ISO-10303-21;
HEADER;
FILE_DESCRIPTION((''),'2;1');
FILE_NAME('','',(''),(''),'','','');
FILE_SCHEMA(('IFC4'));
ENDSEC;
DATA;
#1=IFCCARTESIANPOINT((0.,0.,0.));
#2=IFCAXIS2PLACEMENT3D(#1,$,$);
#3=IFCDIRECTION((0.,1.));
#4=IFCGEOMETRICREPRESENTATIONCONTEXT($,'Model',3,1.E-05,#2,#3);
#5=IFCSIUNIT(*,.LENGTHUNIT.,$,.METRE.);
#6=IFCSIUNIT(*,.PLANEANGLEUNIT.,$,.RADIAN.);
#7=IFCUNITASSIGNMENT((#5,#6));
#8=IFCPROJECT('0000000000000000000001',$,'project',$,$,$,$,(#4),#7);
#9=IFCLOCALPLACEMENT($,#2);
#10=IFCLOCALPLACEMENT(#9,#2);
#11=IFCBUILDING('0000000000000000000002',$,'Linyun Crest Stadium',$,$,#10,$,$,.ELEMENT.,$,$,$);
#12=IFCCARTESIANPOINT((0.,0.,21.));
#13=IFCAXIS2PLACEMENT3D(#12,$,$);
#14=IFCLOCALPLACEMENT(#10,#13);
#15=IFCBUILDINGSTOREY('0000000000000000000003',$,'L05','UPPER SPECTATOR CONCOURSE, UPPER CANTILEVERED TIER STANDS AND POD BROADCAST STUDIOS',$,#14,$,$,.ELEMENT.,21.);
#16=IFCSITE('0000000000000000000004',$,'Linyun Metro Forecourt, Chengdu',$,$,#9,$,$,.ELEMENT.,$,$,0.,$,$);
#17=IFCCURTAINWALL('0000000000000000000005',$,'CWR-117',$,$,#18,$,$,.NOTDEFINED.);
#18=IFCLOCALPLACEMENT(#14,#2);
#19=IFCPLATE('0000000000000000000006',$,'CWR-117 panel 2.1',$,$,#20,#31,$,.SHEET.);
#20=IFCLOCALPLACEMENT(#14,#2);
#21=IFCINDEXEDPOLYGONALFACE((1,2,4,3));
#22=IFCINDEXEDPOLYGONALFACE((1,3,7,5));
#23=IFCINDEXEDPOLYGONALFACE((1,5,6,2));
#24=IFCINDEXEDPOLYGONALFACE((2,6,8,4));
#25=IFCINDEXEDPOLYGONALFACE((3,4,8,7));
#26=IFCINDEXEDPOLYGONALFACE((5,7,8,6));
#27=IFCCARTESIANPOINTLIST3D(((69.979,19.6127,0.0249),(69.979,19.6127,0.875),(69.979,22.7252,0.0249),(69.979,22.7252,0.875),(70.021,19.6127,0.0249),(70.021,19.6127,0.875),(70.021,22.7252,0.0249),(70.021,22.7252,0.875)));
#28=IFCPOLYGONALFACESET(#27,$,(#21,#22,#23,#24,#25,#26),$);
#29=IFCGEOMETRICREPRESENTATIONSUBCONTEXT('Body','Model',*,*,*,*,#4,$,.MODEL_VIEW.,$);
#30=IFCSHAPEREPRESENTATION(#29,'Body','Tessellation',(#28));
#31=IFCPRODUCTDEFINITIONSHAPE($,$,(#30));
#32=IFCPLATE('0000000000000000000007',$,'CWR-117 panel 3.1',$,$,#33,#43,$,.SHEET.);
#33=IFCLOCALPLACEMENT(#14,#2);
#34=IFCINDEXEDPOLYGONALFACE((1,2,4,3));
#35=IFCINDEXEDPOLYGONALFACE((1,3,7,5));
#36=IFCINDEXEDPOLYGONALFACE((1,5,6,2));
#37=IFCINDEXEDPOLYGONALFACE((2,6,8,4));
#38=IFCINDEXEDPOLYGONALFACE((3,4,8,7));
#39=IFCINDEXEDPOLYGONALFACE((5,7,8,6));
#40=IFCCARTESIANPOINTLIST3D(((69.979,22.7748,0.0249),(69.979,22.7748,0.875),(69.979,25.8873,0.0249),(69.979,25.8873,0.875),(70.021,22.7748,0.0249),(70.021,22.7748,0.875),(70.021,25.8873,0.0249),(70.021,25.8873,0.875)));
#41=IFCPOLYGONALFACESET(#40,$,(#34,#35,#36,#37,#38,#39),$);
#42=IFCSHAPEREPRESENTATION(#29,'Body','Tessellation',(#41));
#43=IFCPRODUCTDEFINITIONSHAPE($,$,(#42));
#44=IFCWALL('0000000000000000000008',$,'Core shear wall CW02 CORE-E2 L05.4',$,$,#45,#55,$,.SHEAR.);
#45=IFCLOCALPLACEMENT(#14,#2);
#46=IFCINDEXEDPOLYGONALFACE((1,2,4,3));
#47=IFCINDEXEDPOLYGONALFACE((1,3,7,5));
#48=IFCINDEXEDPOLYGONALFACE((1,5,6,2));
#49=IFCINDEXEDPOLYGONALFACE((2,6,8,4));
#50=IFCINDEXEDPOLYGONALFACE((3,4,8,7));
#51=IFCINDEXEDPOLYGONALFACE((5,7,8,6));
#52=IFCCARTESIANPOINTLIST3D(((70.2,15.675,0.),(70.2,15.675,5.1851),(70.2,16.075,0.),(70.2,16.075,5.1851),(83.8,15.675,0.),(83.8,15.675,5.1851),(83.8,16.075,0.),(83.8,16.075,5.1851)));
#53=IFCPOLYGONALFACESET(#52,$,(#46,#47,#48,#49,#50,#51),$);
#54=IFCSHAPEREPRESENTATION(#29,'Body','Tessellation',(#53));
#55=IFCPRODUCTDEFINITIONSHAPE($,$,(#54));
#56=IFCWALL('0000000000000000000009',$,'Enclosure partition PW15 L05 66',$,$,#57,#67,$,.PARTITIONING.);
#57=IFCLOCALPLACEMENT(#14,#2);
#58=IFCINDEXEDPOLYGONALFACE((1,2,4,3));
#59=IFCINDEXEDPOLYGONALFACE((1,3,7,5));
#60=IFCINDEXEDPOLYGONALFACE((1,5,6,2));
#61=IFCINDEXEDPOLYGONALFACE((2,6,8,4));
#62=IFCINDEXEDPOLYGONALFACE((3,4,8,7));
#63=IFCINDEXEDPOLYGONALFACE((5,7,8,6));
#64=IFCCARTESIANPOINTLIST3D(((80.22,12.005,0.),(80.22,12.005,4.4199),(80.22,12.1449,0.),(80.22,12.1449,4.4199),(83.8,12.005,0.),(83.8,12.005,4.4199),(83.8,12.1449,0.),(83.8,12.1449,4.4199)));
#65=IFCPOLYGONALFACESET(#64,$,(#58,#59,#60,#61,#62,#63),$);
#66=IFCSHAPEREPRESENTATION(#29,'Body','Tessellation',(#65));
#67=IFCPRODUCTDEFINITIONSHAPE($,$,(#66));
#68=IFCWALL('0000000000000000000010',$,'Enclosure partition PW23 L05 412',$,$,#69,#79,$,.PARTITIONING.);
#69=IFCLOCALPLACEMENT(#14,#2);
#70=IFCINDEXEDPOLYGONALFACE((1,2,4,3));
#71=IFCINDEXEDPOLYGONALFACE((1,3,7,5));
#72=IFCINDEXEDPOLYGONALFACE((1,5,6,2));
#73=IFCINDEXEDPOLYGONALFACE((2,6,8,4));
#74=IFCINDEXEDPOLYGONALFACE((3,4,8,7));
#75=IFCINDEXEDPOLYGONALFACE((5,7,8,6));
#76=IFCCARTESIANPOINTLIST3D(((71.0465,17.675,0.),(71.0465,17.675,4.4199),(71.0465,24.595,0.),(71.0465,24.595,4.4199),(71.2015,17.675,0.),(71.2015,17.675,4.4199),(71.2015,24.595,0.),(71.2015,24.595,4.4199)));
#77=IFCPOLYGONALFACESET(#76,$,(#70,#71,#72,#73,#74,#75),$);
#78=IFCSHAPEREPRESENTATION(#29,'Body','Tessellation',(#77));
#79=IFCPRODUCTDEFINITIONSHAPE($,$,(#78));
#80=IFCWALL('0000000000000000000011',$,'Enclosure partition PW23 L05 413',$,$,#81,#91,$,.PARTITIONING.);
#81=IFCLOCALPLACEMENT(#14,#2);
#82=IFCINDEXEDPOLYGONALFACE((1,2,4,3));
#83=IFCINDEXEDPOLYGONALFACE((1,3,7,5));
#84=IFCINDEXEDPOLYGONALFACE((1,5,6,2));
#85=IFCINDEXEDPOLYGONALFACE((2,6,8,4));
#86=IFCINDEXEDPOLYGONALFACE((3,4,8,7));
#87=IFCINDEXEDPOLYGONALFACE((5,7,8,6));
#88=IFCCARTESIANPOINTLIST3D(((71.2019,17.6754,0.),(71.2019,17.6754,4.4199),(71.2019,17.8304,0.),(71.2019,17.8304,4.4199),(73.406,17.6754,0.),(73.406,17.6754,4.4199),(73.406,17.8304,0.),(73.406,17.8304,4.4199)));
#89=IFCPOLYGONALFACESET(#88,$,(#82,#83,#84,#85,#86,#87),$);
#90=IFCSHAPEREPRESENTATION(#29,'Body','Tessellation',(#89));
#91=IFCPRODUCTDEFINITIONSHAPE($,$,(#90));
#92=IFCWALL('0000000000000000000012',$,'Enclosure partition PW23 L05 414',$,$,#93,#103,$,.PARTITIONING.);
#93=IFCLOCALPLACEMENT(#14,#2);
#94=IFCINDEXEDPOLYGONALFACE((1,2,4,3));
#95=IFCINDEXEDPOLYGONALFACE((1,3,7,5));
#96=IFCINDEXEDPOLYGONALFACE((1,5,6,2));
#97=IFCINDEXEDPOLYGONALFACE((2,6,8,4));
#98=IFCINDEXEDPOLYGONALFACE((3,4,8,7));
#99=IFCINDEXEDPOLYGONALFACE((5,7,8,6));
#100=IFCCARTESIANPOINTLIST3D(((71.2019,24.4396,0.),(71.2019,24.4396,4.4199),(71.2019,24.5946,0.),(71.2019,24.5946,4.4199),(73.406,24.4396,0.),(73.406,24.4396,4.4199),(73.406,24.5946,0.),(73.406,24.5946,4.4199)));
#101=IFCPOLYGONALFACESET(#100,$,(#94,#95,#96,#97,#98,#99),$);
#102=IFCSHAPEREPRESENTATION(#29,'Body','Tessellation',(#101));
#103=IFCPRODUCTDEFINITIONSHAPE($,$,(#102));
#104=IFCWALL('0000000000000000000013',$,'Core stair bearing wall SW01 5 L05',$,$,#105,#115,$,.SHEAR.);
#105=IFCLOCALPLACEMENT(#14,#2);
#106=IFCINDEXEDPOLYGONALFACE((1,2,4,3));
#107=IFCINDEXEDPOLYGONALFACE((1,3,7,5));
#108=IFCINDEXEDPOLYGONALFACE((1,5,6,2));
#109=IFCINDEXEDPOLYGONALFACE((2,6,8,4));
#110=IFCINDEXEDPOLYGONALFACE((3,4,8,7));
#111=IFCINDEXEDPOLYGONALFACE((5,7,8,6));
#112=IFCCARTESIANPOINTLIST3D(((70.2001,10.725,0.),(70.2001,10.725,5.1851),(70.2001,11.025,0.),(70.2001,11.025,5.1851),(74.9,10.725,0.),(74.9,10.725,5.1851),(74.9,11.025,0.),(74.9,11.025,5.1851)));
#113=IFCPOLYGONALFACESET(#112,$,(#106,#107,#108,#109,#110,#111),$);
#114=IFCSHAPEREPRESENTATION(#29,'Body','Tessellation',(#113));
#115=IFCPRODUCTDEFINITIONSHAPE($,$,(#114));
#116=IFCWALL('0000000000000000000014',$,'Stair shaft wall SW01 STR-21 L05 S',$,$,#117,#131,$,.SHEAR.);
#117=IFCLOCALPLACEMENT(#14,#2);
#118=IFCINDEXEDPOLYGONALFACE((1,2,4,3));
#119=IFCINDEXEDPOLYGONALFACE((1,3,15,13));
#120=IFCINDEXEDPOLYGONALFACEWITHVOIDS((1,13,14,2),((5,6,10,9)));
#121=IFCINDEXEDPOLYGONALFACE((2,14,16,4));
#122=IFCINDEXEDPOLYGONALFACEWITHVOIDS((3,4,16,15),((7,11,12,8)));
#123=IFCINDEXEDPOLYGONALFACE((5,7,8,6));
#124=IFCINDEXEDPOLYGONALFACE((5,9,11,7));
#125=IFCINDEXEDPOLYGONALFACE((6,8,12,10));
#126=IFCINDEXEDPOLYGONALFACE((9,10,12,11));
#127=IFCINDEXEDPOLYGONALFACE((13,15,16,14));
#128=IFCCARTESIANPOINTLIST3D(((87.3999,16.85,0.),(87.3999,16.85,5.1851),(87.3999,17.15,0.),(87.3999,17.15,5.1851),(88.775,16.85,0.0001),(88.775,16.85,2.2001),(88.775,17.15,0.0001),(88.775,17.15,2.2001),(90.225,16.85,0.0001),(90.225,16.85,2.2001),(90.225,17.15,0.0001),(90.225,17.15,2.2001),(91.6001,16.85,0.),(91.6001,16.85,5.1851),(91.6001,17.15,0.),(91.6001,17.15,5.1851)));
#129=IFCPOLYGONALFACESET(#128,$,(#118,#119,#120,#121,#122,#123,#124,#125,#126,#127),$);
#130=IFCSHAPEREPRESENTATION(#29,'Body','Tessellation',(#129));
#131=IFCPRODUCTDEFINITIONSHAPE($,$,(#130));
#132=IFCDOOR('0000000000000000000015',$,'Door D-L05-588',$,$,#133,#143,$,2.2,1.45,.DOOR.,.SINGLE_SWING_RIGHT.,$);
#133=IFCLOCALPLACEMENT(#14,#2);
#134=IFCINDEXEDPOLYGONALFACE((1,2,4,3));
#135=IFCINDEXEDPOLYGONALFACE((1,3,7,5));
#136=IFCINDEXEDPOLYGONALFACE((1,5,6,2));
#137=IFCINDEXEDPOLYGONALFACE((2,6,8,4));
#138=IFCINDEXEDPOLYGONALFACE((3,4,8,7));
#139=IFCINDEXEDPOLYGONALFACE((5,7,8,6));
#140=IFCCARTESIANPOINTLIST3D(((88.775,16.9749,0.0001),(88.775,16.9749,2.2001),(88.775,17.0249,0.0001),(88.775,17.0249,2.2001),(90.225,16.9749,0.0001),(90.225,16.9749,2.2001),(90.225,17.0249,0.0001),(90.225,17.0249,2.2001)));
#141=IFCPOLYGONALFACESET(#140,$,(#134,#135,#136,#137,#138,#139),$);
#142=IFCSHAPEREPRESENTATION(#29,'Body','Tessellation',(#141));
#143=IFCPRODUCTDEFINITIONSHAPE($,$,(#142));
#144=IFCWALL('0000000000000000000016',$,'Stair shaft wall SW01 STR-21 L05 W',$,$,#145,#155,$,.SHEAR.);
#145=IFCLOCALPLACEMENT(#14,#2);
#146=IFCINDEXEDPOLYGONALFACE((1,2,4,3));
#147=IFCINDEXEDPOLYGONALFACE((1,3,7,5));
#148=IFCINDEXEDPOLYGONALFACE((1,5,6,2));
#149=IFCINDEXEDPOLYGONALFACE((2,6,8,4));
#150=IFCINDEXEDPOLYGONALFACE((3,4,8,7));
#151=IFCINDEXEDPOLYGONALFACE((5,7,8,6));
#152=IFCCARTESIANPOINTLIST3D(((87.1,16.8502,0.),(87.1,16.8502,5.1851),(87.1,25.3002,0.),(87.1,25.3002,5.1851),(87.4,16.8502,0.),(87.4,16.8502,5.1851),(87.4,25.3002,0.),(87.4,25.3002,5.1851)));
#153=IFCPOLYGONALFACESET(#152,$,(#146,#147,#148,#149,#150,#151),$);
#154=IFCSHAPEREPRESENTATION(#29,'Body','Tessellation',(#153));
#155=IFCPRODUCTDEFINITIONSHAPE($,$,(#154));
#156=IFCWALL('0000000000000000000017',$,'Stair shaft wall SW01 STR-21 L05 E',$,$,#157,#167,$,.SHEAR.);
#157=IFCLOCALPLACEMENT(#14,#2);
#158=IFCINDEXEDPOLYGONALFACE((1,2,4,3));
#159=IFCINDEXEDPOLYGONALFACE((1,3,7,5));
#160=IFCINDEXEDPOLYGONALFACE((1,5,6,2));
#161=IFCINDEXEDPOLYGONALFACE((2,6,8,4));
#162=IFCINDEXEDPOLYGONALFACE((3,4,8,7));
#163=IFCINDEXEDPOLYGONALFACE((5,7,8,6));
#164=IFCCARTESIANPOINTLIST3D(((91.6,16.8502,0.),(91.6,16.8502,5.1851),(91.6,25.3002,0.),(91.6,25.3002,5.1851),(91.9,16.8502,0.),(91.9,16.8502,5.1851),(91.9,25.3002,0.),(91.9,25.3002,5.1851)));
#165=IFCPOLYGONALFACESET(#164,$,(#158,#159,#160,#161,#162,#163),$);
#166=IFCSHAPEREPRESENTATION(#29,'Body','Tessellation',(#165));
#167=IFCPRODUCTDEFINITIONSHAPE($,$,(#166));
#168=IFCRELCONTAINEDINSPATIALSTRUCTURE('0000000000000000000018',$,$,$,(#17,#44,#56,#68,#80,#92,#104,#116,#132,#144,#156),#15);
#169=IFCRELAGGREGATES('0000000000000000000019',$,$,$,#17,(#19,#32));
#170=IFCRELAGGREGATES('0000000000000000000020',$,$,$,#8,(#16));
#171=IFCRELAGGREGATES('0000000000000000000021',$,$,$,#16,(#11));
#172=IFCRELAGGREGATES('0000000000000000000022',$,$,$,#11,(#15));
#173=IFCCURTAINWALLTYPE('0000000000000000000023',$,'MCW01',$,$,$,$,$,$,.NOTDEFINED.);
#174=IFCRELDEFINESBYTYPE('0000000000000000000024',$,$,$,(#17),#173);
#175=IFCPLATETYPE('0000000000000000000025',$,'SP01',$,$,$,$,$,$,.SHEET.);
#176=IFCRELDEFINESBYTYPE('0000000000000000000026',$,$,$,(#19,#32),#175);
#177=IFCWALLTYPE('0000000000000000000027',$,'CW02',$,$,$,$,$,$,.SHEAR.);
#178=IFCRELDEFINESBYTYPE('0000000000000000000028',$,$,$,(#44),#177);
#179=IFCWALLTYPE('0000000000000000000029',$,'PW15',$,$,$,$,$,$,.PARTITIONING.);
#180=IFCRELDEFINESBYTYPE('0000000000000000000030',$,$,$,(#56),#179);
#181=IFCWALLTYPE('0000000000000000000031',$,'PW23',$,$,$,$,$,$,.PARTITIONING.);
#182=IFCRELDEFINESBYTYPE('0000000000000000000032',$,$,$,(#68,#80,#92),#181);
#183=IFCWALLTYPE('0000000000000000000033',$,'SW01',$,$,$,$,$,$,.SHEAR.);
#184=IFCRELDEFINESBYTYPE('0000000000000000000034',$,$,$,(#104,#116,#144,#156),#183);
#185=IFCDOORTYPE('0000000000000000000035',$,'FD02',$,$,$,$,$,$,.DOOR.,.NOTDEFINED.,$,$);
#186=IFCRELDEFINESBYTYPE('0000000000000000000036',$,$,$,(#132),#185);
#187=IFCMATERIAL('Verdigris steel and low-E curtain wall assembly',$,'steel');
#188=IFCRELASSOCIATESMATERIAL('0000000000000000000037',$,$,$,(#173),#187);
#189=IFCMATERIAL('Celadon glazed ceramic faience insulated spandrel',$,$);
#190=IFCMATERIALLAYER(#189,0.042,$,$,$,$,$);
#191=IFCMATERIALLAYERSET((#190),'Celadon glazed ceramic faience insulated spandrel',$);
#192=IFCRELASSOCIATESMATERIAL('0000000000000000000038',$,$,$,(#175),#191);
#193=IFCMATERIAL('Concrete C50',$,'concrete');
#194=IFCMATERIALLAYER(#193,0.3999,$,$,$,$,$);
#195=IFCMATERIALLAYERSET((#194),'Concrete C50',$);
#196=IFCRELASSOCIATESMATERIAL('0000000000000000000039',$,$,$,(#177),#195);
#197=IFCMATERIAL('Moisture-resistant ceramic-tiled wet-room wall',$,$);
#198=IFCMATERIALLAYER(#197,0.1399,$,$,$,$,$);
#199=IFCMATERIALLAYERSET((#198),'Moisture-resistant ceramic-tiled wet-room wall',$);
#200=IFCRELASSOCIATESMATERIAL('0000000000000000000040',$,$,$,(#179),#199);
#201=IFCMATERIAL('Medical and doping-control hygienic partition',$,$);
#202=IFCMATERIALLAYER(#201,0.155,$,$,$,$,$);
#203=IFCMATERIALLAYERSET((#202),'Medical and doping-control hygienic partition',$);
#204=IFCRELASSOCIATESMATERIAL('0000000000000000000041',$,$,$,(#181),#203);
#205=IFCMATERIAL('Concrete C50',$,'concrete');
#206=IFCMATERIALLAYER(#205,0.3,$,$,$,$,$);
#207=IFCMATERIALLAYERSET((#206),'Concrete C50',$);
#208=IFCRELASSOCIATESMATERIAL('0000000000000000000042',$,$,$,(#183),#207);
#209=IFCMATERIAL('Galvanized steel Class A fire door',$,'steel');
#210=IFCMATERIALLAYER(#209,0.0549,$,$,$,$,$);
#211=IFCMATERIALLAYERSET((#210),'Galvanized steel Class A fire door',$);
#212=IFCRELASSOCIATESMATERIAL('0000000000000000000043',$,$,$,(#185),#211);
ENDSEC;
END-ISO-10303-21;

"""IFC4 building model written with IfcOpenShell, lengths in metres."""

from ifc_helpers import new_model, si_unit, direction, frame, frame_2d, origin, origin_2d, place, context, subcontext, project, spatial, rectangle, extrude, material, layer, layer_set, type_object, element, fill, aggregate, save


model = new_model("IFC4")

# Units and contexts
model_context = context("Model", 3, precision=1e-05, world=origin(), true_north=direction((0.0, 1.0)))
body_context = subcontext(model_context, "Body", "Model", "MODEL_VIEW")
ifc_project = project(units=[si_unit("LENGTHUNIT", "METRE"), si_unit("PLANEANGLEUNIT", "RADIAN")], contexts=[model_context])

# Site, building, storey
site_placement = place(None, origin())
site = spatial("IfcSite", under=ifc_project, at=site_placement, Name="Linyun Metro Forecourt, Chengdu", CompositionType="ELEMENT", RefElevation=0.0)
building_placement = place(site_placement, origin())
building = spatial("IfcBuilding", under=site, at=building_placement, Name="Linyun Crest Stadium", CompositionType="ELEMENT")
storey_placement = place(building_placement, frame((0.0, 0.0, 21.0)))
storey = spatial("IfcBuildingStorey", under=building, at=storey_placement, Name="L05", Description="UPPER SPECTATOR CONCOURSE, UPPER CANTILEVERED TIER STANDS AND POD BROADCAST STUDIOS", CompositionType="ELEMENT", Elevation=21.0)

# Curtain wall, plates
ifc_material_1 = material(Name="Verdigris steel and low-E curtain wall assembly", Category="steel")
curtain_wall_type = type_object("IfcCurtainWallType", Name="MCW01", PredefinedType="NOTDEFINED", material=ifc_material_1)
curtain_wall_placement = place(storey_placement, origin())
curtain_wall = element("IfcCurtainWall", 1, at=curtain_wall_placement, inside=storey, type_object=curtain_wall_type, Name="CWR-117", PredefinedType="NOTDEFINED")
ifc_material_2 = material(Name="Celadon glazed ceramic faience insulated spandrel")
ifc_layer_1 = layer(ifc_material_2, 0.042)
ifc_layer_set_1 = layer_set([ifc_layer_1], Name="Celadon glazed ceramic faience insulated spandrel")
plate_type_1 = type_object("IfcPlateType", Name="SP01", PredefinedType="SHEET", material=ifc_layer_set_1)
plate_1_placement = place(storey_placement, frame((70.0, 21.1689, 0.0249), z_axis=(0.0, 0.0, 1.0), x_axis=(0.0, 1.0, 0.0)))
plate_1 = element("IfcPlate", 2, at=plate_1_placement, type_object=plate_type_1, Name="CWR-117 panel 2.1", PredefinedType="SHEET", context=body_context, shape_type="SweptSolid", body=[
    extrude(rectangle(XDim=3.1125, YDim=0.042, at=origin_2d()), origin(), (0.0, 0.0, 1.0), 0.8501),
])
plate_2_placement = place(storey_placement, frame((70.0, 24.3311, 0.0249), z_axis=(0.0, 0.0, 1.0), x_axis=(0.0, 1.0, 0.0)))
plate_2 = element("IfcPlate", 3, at=plate_2_placement, type_object=plate_type_1, Name="CWR-117 panel 3.1", PredefinedType="SHEET", context=body_context, shape_type="SweptSolid", body=[
    extrude(rectangle(XDim=3.1125, YDim=0.042, at=origin_2d()), origin(), (0.0, 0.0, 1.0), 0.8501),
])
aggregate(curtain_wall, [plate_1, plate_2])

# Wall
ifc_material_3 = material(Name="Concrete C50", Category="concrete")
ifc_layer_2 = layer(ifc_material_3, 0.3999)
ifc_layer_set_2 = layer_set([ifc_layer_2], Name="Concrete C50")
wall_type_1 = type_object("IfcWallType", Name="CW02", PredefinedType="SHEAR", material=ifc_layer_set_2)
wall_1_placement = place(storey_placement, frame((70.2, 15.875, 0.0), z_axis=(0.0, 0.0, 1.0), x_axis=(1.0, 0.0, 0.0)))
element("IfcWall", 4, at=wall_1_placement, inside=storey, type_object=wall_type_1, Name="Core shear wall CW02 CORE-E2 L05.4", PredefinedType="SHEAR", context=body_context, shape_type="SweptSolid", body=[
    extrude(rectangle(XDim=13.6001, YDim=0.3999, at=frame_2d((6.8, 0.0))), origin(), (0.0, 0.0, 1.0), 5.1851),
])

# Shared definitions
ifc_material_4 = material(Name="Moisture-resistant ceramic-tiled wet-room wall")
ifc_layer_3 = layer(ifc_material_4, 0.1399)
ifc_layer_set_3 = layer_set([ifc_layer_3], Name="Moisture-resistant ceramic-tiled wet-room wall")
wall_type_2 = type_object("IfcWallType", Name="PW15", PredefinedType="PARTITIONING", material=ifc_layer_set_3)

# Walls
wall_2_placement = place(storey_placement, frame((80.22, 12.075, 0.0), z_axis=(0.0, 0.0, 1.0), x_axis=(1.0, 0.0, 0.0)))
element("IfcWall", 5, at=wall_2_placement, inside=storey, type_object=wall_type_2, Name="Enclosure partition PW15 L05 66", PredefinedType="PARTITIONING", context=body_context, shape_type="SweptSolid", body=[
    extrude(rectangle(XDim=3.5801, YDim=0.1399, at=frame_2d((1.79, 0.0))), origin(), (0.0, 0.0, 1.0), 4.4199),
])
ifc_material_5 = material(Name="Medical and doping-control hygienic partition")
ifc_layer_4 = layer(ifc_material_5, 0.155)
ifc_layer_set_4 = layer_set([ifc_layer_4], Name="Medical and doping-control hygienic partition")
wall_type_3 = type_object("IfcWallType", Name="PW23", PredefinedType="PARTITIONING", material=ifc_layer_set_4)
wall_3_placement = place(storey_placement, frame((71.124, 17.675, 0.0), z_axis=(0.0, 0.0, 1.0), x_axis=(0.0, 1.0, 0.0)))
element("IfcWall", 6, at=wall_3_placement, inside=storey, type_object=wall_type_3, Name="Enclosure partition PW23 L05 412", PredefinedType="PARTITIONING", context=body_context, shape_type="SweptSolid", body=[
    extrude(rectangle(XDim=6.9199, YDim=0.155, at=frame_2d((3.46, 0.0))), origin(), (0.0, 0.0, 1.0), 4.4199),
])
for number, where, z_axis, x_axis, name in (
    (7, (71.2019, 17.7529, 0.0), (0.0, 0.0, 1.0), (1.0, 0.0, 0.0), "Enclosure partition PW23 L05 413"),
    (8, (71.2019, 24.5171, 0.0), (0.0, 0.0, 1.0), (1.0, 0.0, 0.0), "Enclosure partition PW23 L05 414"),
):
    element("IfcWall", number, at=place(storey_placement, frame(where, z_axis=z_axis, x_axis=x_axis)), inside=storey, type_object=wall_type_3, Name=name, PredefinedType="PARTITIONING", context=body_context, shape_type="SweptSolid", body=[
        extrude(rectangle(XDim=2.2041, YDim=0.155, at=frame_2d((1.1021, 0.0))), origin(), (0.0, 0.0, 1.0), 4.4199),
    ])
ifc_material_6 = material(Name="Concrete C50", Category="concrete")
ifc_layer_5 = layer(ifc_material_6, 0.3)
ifc_layer_set_5 = layer_set([ifc_layer_5], Name="Concrete C50")
wall_type_4 = type_object("IfcWallType", Name="SW01", PredefinedType="SHEAR", material=ifc_layer_set_5)
wall_4_placement = place(storey_placement, frame((70.2, 10.875, 0.0), z_axis=(0.0, 0.0, 1.0), x_axis=(1.0, 0.0, 0.0)))
element("IfcWall", 9, at=wall_4_placement, inside=storey, type_object=wall_type_4, Name="Core stair bearing wall SW01 5 L05", PredefinedType="SHEAR", context=body_context, shape_type="SweptSolid", body=[
    extrude(rectangle(XDim=4.7, YDim=0.3, at=frame_2d((2.3501, 0.0))), origin(), (0.0, 0.0, 1.0), 5.1851),
])

# Wall, opening, door
wall_5_placement = place(storey_placement, frame((87.3999, 17.0, 0.0), z_axis=(0.0, 0.0, 1.0), x_axis=(1.0, 0.0, 0.0)))
wall_5 = element("IfcWall", 10, at=wall_5_placement, inside=storey, type_object=wall_type_4, Name="Stair shaft wall SW01 STR-21 L05 S", PredefinedType="SHEAR", context=body_context, shape_type="SweptSolid", body=[
    extrude(rectangle(XDim=4.2002, YDim=0.3, at=frame_2d((2.1001, 0.0))), origin(), (0.0, 0.0, 1.0), 5.1851),
])
opening_1_placement = place(wall_5_placement, frame((1.375, 0.0, 0.0)))
opening_1 = element("IfcOpeningElement", 11, at=opening_1_placement, cuts=wall_5, PredefinedType="OPENING", context=body_context, shape_type="SweptSolid", body=[
    extrude(rectangle(XDim=1.45, YDim=2.2, at=frame_2d((0.7251, 1.1001))), frame((0.0, 0.1599, 0.0), z_axis=(0.0, -1.0, 0.0), x_axis=(1.0, 0.0, 0.0)), (0.0, 0.0, 1.0), 0.3201),
])
ifc_material_7 = material(Name="Galvanized steel Class A fire door", Category="steel")
ifc_layer_6 = layer(ifc_material_7, 0.0549)
ifc_layer_set_6 = layer_set([ifc_layer_6], Name="Galvanized steel Class A fire door")
door_type_1 = type_object("IfcDoorType", Name="FD02", OperationType="NOTDEFINED", PredefinedType="DOOR", material=ifc_layer_set_6)
door_1_placement = place(opening_1_placement, origin())
door_1 = element("IfcDoor", 12, at=door_1_placement, inside=storey, type_object=door_type_1, Name="Door D-L05-588", OperationType="SINGLE_SWING_RIGHT", OverallHeight=2.2, OverallWidth=1.45, PredefinedType="DOOR", context=body_context, shape_type="SweptSolid", body=[
    extrude(rectangle(XDim=1.45, YDim=2.2, at=frame_2d((0.7251, 1.1001))), frame((0.0, 0.0249, 0.0), z_axis=(0.0, -1.0, 0.0), x_axis=(1.0, 0.0, 0.0)), (0.0, 0.0, 1.0), 0.05),
])
fill(opening_1, door_1)

# Walls
for number, where, z_axis, x_axis, name in (
    (13, (87.25, 16.8501, 0.0), (0.0, 0.0, 1.0), (0.0, 1.0, 0.0), "Stair shaft wall SW01 STR-21 L05 W"),
    (14, (91.75, 16.8501, 0.0), (0.0, 0.0, 1.0), (0.0, 1.0, 0.0), "Stair shaft wall SW01 STR-21 L05 E"),
):
    element("IfcWall", number, at=place(storey_placement, frame(where, z_axis=z_axis, x_axis=x_axis)), inside=storey, type_object=wall_type_4, Name=name, PredefinedType="SHEAR", context=body_context, shape_type="SweptSolid", body=[
        extrude(rectangle(XDim=8.45, YDim=0.3, at=frame_2d((4.2251, 0.0))), origin(), (0.0, 0.0, 1.0), 5.1851),
    ])

save(model, "model.ifc")
